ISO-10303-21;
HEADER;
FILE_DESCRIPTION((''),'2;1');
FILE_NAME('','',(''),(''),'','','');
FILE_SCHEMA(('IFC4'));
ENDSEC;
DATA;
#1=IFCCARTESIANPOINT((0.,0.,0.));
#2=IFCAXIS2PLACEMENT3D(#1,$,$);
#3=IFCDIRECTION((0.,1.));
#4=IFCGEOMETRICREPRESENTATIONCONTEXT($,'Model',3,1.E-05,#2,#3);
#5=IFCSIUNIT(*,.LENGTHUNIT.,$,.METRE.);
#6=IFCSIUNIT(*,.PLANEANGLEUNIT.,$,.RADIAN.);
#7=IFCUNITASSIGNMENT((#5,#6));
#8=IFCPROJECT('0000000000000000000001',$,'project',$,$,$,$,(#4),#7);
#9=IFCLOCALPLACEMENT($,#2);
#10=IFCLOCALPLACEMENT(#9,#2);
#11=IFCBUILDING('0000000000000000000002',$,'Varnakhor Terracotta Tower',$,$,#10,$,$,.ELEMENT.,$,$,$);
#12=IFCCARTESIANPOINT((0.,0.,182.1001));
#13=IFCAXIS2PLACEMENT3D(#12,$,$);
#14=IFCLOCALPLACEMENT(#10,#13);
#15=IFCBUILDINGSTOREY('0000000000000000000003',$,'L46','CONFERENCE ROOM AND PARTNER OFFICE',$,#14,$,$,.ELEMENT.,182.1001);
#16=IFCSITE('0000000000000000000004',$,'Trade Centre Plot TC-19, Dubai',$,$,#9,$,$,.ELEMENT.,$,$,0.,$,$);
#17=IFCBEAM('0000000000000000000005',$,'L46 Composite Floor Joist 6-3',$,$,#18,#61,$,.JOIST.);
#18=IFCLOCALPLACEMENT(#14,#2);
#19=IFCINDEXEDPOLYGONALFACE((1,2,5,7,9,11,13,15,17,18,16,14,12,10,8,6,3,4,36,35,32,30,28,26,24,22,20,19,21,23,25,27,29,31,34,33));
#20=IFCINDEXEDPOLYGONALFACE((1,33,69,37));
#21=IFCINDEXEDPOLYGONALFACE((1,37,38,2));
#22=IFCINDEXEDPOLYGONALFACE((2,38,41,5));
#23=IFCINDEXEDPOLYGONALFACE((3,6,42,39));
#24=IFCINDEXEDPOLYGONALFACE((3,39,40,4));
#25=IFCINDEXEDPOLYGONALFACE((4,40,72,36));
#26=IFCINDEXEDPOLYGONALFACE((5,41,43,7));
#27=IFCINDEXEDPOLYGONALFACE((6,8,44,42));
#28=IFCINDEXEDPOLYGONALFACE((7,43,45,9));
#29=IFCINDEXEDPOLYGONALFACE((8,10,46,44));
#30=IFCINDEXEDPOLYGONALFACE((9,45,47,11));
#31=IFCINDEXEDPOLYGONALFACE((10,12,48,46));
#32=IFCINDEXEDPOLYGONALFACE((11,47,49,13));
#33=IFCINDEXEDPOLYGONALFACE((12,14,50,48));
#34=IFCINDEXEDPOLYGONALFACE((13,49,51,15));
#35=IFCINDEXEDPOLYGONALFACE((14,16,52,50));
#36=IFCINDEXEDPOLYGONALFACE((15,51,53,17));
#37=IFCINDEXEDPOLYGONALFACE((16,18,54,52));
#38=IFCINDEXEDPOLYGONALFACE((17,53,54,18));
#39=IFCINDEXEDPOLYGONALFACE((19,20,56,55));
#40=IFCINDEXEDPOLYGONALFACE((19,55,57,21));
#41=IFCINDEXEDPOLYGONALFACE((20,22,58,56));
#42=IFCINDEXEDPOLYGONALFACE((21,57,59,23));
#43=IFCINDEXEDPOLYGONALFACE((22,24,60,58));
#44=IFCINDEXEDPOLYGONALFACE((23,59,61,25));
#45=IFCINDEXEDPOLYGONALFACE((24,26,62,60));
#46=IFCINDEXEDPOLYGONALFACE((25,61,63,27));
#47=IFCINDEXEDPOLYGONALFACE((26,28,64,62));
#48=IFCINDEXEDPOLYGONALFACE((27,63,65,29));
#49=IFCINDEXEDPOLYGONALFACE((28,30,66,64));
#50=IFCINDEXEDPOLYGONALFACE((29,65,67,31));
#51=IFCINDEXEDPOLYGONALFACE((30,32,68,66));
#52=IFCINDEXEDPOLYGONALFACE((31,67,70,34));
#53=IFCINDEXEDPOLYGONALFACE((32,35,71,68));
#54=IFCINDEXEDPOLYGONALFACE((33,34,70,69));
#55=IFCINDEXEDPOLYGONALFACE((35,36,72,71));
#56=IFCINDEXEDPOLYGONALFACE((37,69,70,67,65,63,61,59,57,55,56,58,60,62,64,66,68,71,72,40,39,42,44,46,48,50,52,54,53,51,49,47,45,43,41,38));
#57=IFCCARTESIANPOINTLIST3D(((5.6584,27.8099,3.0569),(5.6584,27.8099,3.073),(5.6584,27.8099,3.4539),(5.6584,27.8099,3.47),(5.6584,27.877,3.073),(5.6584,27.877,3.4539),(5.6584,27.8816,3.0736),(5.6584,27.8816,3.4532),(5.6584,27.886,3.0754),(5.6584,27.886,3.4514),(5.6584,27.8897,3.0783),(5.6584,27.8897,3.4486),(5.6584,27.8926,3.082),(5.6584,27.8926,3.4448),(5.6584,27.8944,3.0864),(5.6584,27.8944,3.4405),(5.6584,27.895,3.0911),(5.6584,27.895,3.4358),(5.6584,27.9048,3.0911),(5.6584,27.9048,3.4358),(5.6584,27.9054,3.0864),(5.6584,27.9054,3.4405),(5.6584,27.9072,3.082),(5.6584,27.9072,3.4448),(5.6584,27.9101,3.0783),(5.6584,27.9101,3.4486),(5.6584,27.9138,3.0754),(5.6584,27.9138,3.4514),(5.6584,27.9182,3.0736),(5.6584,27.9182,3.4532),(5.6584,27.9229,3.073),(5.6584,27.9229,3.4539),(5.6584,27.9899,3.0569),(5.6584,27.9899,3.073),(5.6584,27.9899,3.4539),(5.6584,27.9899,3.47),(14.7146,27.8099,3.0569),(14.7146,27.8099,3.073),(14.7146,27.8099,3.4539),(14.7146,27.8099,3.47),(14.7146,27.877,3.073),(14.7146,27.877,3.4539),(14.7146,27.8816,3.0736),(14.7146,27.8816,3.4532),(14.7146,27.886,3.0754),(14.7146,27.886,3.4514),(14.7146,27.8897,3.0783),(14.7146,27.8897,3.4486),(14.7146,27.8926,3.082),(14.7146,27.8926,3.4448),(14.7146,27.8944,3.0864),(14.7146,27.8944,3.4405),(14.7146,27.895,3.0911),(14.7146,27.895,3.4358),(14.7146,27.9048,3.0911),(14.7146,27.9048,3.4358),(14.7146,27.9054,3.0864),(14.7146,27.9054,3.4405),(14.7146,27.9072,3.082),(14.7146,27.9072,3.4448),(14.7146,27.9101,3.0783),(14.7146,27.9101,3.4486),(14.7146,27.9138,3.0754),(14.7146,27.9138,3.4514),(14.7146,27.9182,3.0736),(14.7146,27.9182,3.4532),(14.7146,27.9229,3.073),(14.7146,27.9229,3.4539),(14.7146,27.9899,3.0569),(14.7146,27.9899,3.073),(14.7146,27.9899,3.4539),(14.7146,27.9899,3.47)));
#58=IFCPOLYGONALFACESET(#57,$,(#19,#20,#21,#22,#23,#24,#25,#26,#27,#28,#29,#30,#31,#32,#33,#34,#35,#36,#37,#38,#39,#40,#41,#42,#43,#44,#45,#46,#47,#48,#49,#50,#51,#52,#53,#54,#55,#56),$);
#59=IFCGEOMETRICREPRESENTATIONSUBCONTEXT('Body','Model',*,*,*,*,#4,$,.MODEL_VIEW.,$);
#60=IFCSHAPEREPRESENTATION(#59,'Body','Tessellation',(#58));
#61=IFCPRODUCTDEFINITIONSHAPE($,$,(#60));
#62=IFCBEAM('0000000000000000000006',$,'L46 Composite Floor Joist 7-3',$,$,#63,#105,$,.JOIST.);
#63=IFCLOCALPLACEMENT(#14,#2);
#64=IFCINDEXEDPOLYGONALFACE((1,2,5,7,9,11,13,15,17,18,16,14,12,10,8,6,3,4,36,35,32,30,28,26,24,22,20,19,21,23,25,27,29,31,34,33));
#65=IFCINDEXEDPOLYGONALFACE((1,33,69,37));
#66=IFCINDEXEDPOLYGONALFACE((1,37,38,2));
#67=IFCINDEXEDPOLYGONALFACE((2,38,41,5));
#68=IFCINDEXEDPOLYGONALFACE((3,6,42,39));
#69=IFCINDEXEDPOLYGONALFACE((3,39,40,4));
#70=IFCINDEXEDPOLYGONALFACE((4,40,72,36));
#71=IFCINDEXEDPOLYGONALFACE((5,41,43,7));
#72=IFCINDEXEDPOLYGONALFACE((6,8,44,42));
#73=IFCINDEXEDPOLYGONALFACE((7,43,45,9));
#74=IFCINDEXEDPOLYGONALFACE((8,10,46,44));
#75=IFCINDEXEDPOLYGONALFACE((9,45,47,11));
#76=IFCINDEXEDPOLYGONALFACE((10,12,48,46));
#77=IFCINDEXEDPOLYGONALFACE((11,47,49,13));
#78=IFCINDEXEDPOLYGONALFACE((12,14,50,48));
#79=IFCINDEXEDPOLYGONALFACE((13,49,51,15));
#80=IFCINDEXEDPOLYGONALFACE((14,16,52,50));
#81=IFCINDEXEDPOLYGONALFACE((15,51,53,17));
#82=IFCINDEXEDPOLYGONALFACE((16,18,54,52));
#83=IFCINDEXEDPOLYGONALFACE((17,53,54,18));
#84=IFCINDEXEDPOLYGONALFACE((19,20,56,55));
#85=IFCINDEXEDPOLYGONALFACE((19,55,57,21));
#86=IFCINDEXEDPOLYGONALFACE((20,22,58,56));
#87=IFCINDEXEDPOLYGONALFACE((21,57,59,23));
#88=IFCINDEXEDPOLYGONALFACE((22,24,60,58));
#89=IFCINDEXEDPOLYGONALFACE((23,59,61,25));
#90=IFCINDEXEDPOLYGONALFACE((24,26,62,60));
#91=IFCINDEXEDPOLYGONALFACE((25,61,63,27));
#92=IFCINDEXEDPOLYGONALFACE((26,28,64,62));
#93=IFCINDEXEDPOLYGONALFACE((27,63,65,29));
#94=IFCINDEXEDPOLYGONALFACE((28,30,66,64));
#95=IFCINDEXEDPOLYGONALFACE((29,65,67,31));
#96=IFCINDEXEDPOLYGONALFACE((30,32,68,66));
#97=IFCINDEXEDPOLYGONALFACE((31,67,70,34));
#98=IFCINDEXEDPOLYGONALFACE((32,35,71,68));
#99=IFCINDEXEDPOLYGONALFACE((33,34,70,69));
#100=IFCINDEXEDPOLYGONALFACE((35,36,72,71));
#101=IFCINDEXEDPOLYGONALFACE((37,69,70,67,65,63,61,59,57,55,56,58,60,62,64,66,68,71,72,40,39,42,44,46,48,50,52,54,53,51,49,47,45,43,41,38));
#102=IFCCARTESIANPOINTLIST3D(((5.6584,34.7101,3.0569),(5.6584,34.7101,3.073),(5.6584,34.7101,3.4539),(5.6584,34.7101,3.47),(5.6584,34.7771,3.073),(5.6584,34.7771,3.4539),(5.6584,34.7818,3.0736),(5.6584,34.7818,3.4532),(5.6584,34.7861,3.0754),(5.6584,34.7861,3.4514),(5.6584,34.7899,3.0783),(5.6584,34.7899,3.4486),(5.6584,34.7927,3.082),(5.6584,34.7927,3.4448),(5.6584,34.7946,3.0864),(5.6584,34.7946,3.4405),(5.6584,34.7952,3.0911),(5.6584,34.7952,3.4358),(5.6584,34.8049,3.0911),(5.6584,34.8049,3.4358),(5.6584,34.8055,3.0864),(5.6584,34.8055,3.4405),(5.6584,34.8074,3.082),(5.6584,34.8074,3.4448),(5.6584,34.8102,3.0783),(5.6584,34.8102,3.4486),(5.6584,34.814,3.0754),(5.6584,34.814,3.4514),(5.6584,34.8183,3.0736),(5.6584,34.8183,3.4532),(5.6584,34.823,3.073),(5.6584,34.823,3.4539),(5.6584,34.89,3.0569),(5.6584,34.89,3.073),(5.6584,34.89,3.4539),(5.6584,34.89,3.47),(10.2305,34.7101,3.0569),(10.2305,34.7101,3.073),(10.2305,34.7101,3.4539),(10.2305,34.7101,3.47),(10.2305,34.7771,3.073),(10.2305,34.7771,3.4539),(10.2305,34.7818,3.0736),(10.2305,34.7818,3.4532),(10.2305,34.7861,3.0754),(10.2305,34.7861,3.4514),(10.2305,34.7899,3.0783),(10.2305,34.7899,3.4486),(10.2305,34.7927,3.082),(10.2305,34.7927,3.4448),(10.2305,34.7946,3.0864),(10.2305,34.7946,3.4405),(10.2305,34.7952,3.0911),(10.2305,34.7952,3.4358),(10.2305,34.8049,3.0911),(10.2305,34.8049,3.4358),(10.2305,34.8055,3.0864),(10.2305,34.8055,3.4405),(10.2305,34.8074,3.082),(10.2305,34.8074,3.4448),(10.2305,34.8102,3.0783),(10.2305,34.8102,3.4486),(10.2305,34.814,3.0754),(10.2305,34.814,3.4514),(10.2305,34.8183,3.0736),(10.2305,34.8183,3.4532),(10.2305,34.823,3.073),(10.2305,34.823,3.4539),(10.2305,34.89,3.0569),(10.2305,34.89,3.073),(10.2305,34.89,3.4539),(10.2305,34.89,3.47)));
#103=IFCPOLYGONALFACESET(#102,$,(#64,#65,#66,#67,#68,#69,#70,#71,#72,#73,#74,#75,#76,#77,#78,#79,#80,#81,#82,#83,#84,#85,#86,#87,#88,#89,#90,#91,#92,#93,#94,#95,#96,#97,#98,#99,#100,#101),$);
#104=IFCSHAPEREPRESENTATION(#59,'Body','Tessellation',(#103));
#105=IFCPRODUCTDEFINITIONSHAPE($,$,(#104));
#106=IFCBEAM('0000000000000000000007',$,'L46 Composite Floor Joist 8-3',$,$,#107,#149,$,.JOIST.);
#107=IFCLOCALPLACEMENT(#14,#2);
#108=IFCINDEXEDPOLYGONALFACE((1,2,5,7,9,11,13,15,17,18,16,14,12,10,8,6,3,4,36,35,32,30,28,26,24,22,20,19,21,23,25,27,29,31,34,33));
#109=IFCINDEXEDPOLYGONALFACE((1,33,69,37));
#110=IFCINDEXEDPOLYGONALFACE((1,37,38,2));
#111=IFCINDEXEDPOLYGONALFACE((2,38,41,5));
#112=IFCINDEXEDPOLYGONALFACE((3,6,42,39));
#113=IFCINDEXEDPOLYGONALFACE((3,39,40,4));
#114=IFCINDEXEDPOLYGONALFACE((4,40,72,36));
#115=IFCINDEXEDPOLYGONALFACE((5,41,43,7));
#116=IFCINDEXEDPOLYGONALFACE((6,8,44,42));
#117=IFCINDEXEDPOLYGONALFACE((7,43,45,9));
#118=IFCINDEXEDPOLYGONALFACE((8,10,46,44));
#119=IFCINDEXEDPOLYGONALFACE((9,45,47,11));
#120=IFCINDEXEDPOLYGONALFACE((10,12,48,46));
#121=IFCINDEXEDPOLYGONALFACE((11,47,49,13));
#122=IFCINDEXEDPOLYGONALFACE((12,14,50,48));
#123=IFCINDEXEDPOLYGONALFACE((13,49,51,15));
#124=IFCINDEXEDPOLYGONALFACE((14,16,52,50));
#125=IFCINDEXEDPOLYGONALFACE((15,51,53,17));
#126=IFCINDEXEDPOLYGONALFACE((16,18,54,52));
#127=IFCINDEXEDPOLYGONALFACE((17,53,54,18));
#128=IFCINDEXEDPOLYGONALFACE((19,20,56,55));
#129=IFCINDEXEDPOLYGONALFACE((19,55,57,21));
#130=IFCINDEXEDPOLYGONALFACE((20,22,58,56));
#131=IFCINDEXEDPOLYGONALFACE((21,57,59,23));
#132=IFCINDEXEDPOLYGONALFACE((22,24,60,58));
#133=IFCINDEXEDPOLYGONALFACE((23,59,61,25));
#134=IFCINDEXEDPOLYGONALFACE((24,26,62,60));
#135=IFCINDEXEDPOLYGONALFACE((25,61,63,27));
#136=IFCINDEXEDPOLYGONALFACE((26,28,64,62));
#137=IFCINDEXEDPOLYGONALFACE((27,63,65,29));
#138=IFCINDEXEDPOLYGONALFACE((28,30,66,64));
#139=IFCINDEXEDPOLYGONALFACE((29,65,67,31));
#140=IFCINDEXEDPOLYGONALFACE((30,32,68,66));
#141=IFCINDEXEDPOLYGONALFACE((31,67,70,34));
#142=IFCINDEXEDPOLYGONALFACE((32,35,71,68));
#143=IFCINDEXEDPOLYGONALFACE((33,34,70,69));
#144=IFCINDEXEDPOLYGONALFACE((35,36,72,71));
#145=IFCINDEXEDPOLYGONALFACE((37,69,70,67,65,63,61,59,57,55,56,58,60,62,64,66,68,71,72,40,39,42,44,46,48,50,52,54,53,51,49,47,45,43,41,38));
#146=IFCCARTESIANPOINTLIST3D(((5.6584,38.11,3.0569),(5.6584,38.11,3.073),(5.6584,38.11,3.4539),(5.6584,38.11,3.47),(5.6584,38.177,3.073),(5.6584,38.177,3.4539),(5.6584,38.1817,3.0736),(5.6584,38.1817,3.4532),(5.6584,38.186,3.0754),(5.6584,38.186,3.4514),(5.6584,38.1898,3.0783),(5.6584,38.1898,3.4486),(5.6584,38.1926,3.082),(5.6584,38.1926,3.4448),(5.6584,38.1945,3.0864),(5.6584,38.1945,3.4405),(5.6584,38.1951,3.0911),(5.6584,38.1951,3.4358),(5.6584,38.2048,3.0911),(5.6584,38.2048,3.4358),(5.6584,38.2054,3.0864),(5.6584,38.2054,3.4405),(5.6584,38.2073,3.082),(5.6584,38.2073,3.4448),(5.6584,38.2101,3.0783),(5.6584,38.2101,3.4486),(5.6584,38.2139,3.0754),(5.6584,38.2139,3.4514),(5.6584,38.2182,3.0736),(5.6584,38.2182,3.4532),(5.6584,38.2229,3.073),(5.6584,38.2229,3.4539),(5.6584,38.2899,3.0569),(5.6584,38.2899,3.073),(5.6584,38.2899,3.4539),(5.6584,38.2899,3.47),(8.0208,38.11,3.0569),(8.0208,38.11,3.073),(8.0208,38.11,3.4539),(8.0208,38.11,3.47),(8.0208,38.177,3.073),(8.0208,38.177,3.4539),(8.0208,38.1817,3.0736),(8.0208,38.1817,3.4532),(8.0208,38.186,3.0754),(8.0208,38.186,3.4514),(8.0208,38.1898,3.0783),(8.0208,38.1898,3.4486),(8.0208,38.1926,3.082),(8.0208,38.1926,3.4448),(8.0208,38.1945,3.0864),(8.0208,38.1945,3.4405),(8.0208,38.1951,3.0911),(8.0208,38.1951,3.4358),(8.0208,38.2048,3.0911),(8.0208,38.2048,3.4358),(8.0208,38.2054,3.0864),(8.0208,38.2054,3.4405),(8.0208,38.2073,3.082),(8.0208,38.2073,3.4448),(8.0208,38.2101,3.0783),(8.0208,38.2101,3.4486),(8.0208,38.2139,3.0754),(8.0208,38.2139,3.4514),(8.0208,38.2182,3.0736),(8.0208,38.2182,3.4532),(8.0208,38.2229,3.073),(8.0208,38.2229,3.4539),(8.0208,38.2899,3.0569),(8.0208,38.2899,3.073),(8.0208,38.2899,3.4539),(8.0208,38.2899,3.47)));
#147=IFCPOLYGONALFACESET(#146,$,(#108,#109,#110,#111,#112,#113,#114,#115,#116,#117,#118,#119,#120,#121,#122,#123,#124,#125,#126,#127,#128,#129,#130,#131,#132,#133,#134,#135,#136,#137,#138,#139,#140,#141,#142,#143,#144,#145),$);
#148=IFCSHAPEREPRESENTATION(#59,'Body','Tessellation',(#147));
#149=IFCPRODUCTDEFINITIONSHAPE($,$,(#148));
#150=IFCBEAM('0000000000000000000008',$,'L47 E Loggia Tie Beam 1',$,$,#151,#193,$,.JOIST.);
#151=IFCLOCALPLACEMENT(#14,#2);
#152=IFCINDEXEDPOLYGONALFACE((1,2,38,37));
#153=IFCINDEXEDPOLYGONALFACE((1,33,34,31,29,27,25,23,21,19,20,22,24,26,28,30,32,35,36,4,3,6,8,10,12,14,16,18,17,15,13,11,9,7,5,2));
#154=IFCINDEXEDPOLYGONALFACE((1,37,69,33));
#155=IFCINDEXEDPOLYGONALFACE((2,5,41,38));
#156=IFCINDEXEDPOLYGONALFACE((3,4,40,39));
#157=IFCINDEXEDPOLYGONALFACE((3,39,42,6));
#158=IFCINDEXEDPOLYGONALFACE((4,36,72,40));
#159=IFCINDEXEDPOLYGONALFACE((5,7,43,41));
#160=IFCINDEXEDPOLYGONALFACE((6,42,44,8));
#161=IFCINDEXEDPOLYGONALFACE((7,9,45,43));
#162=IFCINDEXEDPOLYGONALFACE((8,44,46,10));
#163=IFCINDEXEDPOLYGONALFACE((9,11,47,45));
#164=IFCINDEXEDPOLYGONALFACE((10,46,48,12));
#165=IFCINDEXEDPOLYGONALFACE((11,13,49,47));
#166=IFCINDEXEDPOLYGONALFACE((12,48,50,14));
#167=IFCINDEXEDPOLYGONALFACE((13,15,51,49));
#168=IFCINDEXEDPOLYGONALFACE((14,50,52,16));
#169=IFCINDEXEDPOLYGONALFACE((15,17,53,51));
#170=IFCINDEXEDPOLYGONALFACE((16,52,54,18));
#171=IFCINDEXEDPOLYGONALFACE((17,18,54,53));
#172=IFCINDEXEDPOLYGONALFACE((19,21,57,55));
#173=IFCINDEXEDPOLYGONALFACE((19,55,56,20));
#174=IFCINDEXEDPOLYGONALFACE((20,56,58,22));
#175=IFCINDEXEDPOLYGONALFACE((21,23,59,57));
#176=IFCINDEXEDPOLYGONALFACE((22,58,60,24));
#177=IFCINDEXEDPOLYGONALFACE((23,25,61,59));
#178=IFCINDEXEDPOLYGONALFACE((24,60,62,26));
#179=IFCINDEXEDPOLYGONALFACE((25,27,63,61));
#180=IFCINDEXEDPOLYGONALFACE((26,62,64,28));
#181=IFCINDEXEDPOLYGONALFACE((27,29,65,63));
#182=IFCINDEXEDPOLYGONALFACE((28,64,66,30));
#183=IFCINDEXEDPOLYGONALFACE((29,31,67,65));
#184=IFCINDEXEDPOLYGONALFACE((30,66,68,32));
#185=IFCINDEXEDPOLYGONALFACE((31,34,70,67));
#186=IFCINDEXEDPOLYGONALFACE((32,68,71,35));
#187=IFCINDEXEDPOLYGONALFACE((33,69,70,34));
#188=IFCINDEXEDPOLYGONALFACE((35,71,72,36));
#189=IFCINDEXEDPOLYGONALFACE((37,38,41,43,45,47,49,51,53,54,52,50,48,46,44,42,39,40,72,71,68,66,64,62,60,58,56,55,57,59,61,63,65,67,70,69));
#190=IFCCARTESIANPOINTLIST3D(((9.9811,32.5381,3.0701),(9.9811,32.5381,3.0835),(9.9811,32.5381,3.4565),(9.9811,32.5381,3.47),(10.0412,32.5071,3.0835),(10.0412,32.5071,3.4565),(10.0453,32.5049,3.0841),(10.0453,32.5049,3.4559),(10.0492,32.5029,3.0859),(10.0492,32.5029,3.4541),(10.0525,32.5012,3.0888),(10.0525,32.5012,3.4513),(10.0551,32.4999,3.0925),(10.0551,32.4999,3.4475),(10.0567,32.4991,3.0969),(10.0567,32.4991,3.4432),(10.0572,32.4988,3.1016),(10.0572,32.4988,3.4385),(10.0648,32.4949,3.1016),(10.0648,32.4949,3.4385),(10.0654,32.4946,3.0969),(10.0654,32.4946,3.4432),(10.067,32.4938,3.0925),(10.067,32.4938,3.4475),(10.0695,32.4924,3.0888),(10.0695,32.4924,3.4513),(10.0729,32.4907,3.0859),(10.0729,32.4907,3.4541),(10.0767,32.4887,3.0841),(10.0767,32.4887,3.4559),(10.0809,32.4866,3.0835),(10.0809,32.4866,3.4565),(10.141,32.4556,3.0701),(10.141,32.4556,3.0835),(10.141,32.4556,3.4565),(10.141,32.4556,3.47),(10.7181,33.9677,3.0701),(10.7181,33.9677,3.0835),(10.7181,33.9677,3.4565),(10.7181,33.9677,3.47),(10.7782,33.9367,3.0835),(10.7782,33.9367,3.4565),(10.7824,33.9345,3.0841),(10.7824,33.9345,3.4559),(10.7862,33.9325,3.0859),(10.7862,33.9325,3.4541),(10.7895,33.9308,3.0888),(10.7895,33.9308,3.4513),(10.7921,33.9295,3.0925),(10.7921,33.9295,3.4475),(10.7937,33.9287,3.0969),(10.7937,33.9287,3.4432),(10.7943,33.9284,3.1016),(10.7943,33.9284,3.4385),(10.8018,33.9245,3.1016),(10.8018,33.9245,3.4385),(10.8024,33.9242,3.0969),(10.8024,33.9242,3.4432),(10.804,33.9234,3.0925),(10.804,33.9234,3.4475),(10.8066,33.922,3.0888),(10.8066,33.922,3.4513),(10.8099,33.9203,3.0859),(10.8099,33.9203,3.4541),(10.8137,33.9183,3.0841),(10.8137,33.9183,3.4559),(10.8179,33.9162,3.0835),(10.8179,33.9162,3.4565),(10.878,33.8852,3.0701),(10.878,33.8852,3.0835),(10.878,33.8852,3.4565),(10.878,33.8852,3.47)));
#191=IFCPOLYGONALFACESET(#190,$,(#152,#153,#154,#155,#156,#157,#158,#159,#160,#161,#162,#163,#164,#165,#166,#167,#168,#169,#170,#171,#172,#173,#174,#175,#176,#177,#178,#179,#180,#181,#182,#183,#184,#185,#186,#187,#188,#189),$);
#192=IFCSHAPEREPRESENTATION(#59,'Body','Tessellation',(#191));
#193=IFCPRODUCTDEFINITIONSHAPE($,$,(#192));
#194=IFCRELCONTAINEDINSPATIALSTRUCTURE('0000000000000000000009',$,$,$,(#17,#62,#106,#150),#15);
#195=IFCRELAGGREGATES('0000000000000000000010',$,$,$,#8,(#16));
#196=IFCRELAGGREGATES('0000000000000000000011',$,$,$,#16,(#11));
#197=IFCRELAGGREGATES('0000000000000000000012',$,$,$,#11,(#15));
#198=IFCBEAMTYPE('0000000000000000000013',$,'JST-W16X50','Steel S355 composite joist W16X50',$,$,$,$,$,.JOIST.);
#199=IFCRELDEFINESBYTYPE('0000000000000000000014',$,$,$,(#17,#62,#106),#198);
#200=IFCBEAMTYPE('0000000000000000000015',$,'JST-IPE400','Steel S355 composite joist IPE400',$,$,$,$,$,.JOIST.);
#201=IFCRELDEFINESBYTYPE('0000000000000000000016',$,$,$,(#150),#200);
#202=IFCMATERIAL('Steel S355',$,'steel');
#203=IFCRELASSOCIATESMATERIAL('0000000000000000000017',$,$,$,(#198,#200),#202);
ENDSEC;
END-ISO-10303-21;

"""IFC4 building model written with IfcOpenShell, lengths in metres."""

from ifc_helpers import new_model, si_unit, direction, frame, origin, origin_2d, place, context, subcontext, project, spatial, i_section, extrude, source, transform, mapped, material, material_profile, profile_set, type_object, element, save


model = new_model("IFC4")

# Units and contexts
model_context = context("Model", 3, precision=1e-05, world=origin(), true_north=direction((0.0, 1.0)))
body_context = subcontext(model_context, "Body", "Model", "MODEL_VIEW")
ifc_project = project(units=[si_unit("LENGTHUNIT", "METRE"), si_unit("PLANEANGLEUNIT", "RADIAN")], contexts=[model_context])

# Site, building, storey
site_placement = place(None, origin())
site = spatial("IfcSite", under=ifc_project, at=site_placement, Name="Trade Centre Plot TC-19, Dubai", CompositionType="ELEMENT", RefElevation=0.0)
building_placement = place(site_placement, origin())
building = spatial("IfcBuilding", under=site, at=building_placement, Name="Varnakhor Terracotta Tower", CompositionType="ELEMENT")
storey_placement = place(building_placement, frame((0.0, 0.0, 182.1001)))
storey = spatial("IfcBuildingStorey", under=building, at=storey_placement, Name="L46", Description="CONFERENCE ROOM AND PARTNER OFFICE", CompositionType="ELEMENT", Elevation=182.1001)

# Beams
ifc_material_1 = material(Name="Steel S355", Category="steel")
ifc_material_profile_1 = material_profile(ifc_material_1, i_section(OverallWidth=0.1799, OverallDepth=0.4131, WebThickness=0.0098, FlangeThickness=0.0161, FilletRadius=0.0181, at=origin_2d()), Name="W16X50")
ifc_profile_set_1 = profile_set([ifc_material_profile_1], Name="Steel S355")
beam_type_1 = type_object("IfcBeamType", Name="JST-W16X50", Description="Steel S355 composite joist W16X50", PredefinedType="JOIST", material=ifc_profile_set_1)
shared_shape_1 = source(origin(), body_context, "Body", "SweptSolid", [
    extrude(i_section(OverallWidth=0.1799, OverallDepth=0.4131, WebThickness=0.0098, FlangeThickness=0.0161, FilletRadius=0.0181, at=origin_2d()), origin(), (0.0, 0.0, 1.0), 9.0562),
])
beam_1_placement = place(storey_placement, frame((5.6584, 27.8999, 3.2634), z_axis=(1.0, 0.0, 0.0), x_axis=(0.0, 1.0, 0.0)))
element("IfcBeam", 1, at=beam_1_placement, inside=storey, type_object=beam_type_1, Name="L46 Composite Floor Joist 6-3", PredefinedType="JOIST", context=body_context, shape_type="MappedRepresentation", body=[
    mapped(shared_shape_1, transform((0.0, 0.0, 0.0), scale=1.0)),
])
shared_shape_2 = source(origin(), body_context, "Body", "SweptSolid", [
    extrude(i_section(OverallWidth=0.1799, OverallDepth=0.4131, WebThickness=0.0098, FlangeThickness=0.0161, FilletRadius=0.0181, at=origin_2d()), origin(), (0.0, 0.0, 1.0), 4.572),
])
beam_2_placement = place(storey_placement, frame((5.6584, 34.8, 3.2634), z_axis=(1.0, 0.0, 0.0), x_axis=(0.0, 1.0, 0.0)))
element("IfcBeam", 2, at=beam_2_placement, inside=storey, type_object=beam_type_1, Name="L46 Composite Floor Joist 7-3", PredefinedType="JOIST", context=body_context, shape_type="MappedRepresentation", body=[
    mapped(shared_shape_2, transform((0.0, 0.0, 0.0), scale=1.0)),
])
shared_shape_3 = source(origin(), body_context, "Body", "SweptSolid", [
    extrude(i_section(OverallWidth=0.1799, OverallDepth=0.4131, WebThickness=0.0098, FlangeThickness=0.0161, FilletRadius=0.0181, at=origin_2d()), origin(), (0.0, 0.0, 1.0), 2.3623),
])
beam_3_placement = place(storey_placement, frame((5.6584, 38.2, 3.2634), z_axis=(1.0, 0.0, 0.0), x_axis=(0.0, 1.0, 0.0)))
element("IfcBeam", 3, at=beam_3_placement, inside=storey, type_object=beam_type_1, Name="L46 Composite Floor Joist 8-3", PredefinedType="JOIST", context=body_context, shape_type="MappedRepresentation", body=[
    mapped(shared_shape_3, transform((0.0, 0.0, 0.0), scale=1.0)),
])
ifc_material_profile_2 = material_profile(ifc_material_1, i_section(OverallWidth=0.1799, OverallDepth=0.3999, WebThickness=0.0085, FlangeThickness=0.0134, FilletRadius=0.0181, at=origin_2d()), Name="IPE400")
ifc_profile_set_2 = profile_set([ifc_material_profile_2], Name="Steel S355")
beam_type_2 = type_object("IfcBeamType", Name="JST-IPE400", Description="Steel S355 composite joist IPE400", PredefinedType="JOIST", material=ifc_profile_set_2)
shared_shape_4 = source(origin(), body_context, "Body", "SweptSolid", [
    extrude(i_section(OverallWidth=0.1799, OverallDepth=0.3999, WebThickness=0.0085, FlangeThickness=0.0134, FilletRadius=0.0181, at=origin_2d()), origin(), (0.0, 0.0, 1.0), 1.6084),
])
beam_4_placement = place(storey_placement, frame((10.061, 32.4968, 3.27), z_axis=(0.458229, 0.888834, 0.0), x_axis=(-0.888834, 0.458229, 0.0)))
element("IfcBeam", 4, at=beam_4_placement, inside=storey, type_object=beam_type_2, Name="L47 E Loggia Tie Beam 1", PredefinedType="JOIST", context=body_context, shape_type="MappedRepresentation", body=[
    mapped(shared_shape_4, transform((0.0, 0.0, 0.0), scale=1.0)),
])

save(model, "model.ifc")
